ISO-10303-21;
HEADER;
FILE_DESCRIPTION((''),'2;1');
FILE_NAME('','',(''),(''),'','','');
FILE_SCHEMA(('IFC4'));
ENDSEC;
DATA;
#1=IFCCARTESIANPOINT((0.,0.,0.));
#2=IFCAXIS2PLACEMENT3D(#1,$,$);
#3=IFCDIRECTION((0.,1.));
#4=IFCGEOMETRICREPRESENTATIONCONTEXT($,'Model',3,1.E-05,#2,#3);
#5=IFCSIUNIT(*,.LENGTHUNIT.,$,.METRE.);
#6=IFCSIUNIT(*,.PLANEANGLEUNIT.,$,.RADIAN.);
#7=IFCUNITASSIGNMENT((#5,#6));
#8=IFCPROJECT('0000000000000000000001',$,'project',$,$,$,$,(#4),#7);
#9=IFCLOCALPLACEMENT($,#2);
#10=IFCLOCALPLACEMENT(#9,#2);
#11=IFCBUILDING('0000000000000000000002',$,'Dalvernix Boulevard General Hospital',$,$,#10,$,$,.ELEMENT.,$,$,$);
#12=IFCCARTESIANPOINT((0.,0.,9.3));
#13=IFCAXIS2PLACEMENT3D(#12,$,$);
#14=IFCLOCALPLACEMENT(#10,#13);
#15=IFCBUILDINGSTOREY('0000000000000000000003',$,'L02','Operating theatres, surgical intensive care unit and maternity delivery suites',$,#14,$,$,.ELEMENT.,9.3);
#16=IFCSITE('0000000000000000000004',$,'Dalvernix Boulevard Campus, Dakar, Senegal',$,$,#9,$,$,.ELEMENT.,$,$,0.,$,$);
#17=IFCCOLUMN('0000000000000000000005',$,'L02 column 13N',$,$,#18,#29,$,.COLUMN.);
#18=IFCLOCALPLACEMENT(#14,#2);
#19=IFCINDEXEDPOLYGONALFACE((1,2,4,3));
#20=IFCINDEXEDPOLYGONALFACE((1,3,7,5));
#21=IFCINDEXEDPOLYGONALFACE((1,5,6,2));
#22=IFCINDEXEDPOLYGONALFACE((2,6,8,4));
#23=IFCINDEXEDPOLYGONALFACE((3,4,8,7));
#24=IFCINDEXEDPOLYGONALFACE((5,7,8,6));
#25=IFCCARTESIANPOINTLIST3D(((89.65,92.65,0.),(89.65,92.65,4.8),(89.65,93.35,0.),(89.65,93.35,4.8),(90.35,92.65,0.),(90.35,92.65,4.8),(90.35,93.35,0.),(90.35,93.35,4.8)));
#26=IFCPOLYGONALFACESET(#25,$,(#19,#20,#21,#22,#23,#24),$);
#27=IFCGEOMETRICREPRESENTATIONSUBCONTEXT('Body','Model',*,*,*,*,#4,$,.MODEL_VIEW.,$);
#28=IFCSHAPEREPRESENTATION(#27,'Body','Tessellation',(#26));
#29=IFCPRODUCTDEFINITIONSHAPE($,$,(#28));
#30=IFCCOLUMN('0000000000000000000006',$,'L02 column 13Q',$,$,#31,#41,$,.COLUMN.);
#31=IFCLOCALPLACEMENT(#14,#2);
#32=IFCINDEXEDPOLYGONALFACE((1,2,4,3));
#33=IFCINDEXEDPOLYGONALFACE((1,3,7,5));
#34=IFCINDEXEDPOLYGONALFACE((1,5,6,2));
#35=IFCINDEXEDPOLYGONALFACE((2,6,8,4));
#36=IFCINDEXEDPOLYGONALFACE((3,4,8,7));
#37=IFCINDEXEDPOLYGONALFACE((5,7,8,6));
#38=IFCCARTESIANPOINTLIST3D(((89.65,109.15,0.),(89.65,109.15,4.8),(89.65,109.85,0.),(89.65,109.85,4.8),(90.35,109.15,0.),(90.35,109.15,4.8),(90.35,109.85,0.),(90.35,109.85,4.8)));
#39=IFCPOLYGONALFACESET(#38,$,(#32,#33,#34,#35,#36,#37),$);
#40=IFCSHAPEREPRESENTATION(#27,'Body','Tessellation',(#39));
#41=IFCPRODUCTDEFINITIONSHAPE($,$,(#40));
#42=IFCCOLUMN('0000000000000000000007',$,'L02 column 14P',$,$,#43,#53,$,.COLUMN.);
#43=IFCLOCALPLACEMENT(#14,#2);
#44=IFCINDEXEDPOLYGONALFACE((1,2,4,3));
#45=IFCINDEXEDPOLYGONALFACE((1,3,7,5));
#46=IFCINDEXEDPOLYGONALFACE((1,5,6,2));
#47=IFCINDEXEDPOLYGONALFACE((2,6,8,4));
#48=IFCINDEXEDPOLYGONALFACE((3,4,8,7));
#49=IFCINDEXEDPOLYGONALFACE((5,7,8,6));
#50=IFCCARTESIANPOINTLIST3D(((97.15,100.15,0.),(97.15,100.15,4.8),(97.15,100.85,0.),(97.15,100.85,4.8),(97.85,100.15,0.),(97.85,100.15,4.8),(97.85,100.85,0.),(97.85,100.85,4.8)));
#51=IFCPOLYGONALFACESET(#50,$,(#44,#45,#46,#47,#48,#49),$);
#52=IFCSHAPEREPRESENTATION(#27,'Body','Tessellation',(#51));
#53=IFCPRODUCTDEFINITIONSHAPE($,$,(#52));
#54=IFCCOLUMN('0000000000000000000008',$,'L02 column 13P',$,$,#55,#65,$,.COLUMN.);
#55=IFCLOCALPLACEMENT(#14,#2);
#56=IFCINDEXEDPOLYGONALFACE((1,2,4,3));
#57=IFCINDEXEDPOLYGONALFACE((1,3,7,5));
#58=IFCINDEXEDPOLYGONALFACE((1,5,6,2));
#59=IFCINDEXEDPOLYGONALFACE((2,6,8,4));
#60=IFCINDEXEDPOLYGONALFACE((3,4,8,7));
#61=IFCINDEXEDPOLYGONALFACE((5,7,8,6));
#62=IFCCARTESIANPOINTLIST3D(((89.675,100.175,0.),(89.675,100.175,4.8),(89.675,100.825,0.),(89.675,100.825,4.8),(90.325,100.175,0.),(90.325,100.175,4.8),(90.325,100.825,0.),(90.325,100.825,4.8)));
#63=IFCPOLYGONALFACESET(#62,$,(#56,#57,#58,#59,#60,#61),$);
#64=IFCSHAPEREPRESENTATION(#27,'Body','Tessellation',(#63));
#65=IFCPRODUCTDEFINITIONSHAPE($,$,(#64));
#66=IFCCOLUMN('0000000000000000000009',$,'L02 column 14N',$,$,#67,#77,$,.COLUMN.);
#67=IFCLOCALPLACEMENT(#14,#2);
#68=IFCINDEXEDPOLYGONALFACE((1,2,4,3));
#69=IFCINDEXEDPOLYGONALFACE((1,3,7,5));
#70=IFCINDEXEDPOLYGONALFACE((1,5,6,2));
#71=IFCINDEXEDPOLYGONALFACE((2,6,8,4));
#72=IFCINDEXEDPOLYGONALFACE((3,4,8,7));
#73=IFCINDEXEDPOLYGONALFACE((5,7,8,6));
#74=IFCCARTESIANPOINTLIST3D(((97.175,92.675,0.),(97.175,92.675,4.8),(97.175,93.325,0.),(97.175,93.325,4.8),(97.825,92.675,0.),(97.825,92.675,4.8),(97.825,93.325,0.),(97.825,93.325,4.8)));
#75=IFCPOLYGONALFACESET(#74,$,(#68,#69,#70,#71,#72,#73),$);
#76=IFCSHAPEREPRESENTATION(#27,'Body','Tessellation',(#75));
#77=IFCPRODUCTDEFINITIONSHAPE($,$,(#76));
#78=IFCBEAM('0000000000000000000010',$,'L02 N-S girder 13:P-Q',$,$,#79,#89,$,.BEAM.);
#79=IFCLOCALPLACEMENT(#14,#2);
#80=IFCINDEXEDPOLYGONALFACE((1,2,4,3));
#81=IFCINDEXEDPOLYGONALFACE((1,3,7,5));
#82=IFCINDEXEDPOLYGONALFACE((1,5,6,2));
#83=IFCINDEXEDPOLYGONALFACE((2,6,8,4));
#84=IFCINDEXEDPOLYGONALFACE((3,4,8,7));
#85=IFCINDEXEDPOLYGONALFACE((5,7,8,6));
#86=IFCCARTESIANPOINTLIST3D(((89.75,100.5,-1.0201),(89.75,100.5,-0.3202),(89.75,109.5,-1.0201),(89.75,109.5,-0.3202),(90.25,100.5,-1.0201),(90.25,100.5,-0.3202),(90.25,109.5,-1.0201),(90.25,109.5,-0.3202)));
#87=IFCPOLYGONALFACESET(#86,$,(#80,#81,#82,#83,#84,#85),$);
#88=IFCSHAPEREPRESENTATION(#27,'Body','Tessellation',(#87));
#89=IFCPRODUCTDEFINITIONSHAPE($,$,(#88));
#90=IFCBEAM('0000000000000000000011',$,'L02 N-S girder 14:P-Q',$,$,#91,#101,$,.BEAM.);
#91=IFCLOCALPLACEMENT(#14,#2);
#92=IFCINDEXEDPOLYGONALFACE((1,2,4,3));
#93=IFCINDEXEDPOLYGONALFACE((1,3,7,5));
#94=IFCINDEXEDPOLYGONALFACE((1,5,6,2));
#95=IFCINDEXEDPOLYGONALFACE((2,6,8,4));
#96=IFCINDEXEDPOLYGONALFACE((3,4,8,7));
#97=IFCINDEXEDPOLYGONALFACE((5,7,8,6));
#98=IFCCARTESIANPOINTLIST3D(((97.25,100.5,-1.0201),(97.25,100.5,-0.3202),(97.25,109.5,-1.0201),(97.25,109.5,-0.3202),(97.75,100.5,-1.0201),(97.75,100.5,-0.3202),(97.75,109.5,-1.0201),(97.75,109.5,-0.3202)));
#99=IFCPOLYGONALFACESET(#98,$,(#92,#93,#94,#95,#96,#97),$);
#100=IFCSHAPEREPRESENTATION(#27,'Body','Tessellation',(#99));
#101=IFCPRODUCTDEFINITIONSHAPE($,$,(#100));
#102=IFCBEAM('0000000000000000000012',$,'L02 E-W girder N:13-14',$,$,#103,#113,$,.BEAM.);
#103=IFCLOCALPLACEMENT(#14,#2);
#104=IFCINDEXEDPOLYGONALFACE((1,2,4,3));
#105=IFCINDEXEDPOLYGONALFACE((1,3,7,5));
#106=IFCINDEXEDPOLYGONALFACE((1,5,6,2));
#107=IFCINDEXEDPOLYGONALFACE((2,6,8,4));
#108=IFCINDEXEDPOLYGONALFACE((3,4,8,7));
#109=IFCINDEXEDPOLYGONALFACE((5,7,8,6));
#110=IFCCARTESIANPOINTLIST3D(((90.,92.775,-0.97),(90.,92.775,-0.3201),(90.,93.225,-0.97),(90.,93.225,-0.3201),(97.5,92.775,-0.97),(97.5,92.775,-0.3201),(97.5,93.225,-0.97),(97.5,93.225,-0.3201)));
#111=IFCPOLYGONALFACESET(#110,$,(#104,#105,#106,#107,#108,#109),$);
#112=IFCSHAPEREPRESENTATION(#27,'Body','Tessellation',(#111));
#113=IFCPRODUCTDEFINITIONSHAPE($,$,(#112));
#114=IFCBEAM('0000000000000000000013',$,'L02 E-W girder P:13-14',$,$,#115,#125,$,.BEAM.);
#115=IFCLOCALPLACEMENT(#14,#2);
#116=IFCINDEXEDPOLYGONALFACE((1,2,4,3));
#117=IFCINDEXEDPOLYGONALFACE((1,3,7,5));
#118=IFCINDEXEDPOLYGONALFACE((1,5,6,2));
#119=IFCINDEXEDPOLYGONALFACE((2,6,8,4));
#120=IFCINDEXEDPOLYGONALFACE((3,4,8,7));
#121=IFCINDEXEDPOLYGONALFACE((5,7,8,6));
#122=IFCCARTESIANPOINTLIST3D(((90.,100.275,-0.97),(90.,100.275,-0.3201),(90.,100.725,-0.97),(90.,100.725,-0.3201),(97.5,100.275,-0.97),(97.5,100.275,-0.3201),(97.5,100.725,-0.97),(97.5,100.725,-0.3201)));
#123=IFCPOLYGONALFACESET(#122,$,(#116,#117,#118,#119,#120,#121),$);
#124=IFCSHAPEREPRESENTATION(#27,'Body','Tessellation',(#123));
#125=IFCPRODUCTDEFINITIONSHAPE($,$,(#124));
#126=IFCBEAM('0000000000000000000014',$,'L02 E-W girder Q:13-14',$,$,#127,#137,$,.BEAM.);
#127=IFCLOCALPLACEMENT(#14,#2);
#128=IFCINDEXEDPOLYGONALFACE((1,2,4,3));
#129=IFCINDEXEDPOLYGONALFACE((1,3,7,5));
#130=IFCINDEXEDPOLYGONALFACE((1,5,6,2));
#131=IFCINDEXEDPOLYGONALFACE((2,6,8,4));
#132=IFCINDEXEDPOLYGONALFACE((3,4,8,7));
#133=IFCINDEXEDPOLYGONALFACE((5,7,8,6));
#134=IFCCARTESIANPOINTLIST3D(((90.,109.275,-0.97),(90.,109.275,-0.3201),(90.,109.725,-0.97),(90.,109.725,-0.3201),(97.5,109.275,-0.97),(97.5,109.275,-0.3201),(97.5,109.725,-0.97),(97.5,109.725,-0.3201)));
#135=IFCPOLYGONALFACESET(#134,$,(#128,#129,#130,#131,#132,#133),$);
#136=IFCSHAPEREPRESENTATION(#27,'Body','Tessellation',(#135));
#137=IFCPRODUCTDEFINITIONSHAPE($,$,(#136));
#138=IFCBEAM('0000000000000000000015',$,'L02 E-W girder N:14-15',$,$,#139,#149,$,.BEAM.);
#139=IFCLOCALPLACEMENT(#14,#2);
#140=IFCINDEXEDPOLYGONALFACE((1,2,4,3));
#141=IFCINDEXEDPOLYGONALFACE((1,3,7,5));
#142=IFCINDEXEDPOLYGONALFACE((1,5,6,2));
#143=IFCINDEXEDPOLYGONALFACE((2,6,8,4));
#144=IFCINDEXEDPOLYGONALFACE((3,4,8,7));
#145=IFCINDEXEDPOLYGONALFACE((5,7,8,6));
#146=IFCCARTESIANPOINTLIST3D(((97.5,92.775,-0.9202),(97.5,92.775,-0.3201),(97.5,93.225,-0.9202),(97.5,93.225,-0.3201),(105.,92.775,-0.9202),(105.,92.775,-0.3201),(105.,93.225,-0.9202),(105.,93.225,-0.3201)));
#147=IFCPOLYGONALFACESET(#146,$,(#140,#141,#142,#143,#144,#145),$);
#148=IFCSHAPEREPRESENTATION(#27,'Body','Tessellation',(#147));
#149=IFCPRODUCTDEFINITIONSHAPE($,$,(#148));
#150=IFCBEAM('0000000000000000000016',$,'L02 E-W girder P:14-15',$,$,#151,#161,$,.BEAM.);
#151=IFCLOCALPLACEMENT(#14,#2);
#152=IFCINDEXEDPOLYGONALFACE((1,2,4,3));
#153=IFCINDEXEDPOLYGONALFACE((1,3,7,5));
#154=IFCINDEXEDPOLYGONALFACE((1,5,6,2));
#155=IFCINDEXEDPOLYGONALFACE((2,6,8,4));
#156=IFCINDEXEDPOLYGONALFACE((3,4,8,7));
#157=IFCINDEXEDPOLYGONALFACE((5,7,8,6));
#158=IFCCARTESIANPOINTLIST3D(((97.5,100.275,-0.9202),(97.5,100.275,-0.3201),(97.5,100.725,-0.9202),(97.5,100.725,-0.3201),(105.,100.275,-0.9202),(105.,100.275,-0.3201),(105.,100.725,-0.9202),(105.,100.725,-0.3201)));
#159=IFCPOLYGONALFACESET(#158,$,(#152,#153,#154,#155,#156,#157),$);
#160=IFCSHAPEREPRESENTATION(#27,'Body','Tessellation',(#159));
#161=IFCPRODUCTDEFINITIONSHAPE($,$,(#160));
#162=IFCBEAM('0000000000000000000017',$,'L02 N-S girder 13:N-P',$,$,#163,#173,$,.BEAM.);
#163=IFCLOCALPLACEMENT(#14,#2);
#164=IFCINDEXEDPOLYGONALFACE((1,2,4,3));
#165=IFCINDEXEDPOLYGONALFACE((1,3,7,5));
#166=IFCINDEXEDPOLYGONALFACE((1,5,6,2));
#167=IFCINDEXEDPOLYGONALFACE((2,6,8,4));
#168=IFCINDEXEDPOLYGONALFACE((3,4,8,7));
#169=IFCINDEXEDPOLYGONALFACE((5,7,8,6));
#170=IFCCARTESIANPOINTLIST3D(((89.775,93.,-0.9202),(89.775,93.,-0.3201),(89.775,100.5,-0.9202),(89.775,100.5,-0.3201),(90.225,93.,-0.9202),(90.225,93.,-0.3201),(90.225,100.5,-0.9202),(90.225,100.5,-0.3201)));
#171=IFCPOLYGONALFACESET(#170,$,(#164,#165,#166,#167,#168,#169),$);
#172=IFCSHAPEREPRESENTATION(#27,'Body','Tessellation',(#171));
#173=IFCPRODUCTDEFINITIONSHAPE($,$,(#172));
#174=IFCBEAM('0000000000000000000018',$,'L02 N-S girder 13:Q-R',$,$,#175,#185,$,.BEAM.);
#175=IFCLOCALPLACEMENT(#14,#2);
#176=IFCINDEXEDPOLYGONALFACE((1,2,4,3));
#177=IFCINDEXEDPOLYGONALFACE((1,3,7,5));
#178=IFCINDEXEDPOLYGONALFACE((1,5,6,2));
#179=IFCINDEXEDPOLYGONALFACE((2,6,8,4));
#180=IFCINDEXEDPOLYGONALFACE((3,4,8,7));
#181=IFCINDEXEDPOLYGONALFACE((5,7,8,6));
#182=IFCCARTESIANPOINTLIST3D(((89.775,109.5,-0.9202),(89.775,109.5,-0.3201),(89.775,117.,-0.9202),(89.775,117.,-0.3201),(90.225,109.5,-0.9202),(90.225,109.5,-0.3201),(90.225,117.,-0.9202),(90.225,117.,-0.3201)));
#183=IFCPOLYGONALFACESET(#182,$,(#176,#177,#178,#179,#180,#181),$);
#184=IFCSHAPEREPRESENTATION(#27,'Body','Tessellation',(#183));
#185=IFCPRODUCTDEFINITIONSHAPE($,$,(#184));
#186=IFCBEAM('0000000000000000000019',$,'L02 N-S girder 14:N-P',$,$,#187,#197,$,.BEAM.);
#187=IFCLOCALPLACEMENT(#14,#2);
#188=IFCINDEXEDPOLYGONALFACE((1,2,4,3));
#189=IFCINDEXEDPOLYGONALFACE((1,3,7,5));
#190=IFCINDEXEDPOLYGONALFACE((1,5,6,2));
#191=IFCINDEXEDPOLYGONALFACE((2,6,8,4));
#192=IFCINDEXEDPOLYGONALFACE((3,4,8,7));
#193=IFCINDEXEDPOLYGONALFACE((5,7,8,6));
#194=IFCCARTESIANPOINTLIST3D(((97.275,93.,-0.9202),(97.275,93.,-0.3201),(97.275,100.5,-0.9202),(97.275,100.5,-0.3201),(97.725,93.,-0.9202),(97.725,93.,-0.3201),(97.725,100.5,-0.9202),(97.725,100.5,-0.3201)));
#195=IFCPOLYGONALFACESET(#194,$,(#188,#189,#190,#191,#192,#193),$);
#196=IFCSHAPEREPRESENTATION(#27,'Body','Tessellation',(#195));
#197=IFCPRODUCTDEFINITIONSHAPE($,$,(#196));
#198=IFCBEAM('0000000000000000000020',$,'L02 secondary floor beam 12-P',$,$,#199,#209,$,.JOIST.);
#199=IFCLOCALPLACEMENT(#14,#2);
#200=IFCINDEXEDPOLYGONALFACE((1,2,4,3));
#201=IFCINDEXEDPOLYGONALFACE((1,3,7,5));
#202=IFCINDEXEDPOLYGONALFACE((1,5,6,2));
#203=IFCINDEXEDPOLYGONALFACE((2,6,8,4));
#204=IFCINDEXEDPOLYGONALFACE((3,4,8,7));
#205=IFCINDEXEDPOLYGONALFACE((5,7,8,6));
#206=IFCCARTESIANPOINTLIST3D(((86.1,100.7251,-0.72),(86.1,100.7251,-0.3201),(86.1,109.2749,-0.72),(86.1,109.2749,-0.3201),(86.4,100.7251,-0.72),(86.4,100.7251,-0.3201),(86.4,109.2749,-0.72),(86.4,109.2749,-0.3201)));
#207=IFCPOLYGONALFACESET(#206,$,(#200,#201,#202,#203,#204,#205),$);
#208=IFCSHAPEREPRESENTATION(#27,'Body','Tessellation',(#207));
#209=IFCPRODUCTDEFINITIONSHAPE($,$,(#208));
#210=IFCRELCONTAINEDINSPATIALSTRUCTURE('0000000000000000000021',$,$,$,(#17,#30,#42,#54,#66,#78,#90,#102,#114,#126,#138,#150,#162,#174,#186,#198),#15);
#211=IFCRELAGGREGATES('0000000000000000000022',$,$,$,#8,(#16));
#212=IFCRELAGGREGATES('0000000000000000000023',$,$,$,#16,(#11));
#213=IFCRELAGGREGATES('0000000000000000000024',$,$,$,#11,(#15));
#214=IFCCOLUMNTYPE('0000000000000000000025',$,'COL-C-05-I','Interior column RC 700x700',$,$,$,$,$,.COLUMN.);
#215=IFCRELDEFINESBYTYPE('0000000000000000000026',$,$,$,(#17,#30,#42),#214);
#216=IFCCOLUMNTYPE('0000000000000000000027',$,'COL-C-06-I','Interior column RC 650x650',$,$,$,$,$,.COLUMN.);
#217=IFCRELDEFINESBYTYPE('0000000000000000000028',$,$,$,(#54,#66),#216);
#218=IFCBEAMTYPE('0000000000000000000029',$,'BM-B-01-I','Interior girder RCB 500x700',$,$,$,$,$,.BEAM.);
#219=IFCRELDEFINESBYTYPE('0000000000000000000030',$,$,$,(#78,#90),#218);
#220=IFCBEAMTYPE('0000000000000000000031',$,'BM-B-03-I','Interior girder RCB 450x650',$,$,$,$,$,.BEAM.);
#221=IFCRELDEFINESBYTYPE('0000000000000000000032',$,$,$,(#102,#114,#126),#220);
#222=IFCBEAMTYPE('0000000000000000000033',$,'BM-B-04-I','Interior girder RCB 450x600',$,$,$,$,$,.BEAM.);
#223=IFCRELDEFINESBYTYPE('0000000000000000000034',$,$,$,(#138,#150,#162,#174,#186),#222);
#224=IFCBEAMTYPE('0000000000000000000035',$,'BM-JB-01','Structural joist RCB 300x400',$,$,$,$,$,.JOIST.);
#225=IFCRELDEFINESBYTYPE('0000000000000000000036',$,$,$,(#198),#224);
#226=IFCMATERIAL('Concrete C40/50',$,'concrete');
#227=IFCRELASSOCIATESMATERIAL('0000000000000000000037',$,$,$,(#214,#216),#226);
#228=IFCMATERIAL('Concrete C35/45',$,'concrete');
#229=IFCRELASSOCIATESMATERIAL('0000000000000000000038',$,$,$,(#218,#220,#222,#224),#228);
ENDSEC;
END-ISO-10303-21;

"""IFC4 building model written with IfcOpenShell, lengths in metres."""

from ifc_helpers import new_model, si_unit, direction, frame, origin, origin_2d, place, context, subcontext, project, spatial, rectangle, extrude, material, material_profile, profile_set, type_object, element, save


model = new_model("IFC4")

# Units and contexts
model_context = context("Model", 3, precision=1e-05, world=origin(), true_north=direction((0.0, 1.0)))
body_context = subcontext(model_context, "Body", "Model", "MODEL_VIEW")
ifc_project = project(units=[si_unit("LENGTHUNIT", "METRE"), si_unit("PLANEANGLEUNIT", "RADIAN")], contexts=[model_context])

# Site, building, storey
site_placement = place(None, origin())
site = spatial("IfcSite", under=ifc_project, at=site_placement, Name="Dalvernix Boulevard Campus, Dakar, Senegal", CompositionType="ELEMENT", RefElevation=0.0)
building_placement = place(site_placement, origin())
building = spatial("IfcBuilding", under=site, at=building_placement, Name="Dalvernix Boulevard General Hospital", CompositionType="ELEMENT")
storey_placement = place(building_placement, frame((0.0, 0.0, 9.3)))
storey = spatial("IfcBuildingStorey", under=building, at=storey_placement, Name="L02", Description="Operating theatres, surgical intensive care unit and maternity delivery suites", CompositionType="ELEMENT", Elevation=9.3)

# Columns
ifc_material_1 = material(Name="Concrete C40/50", Category="concrete")
ifc_material_profile_1 = material_profile(ifc_material_1, rectangle(XDim=0.7, YDim=0.7, at=origin_2d()), Name="RC 700x700")
ifc_profile_set_1 = profile_set([ifc_material_profile_1], Name="Concrete C40/50")
column_type_1 = type_object("IfcColumnType", Name="COL-C-05-I", Description="Interior column RC 700x700", PredefinedType="COLUMN", material=ifc_profile_set_1)
for number, where, z_axis, x_axis, name in (
    (1, (90.0, 93.0, 0.0), (0.0, 0.0, 1.0), (1.0, 0.0, 0.0), "L02 column 13N"),
    (2, (90.0, 109.5, 0.0), (0.0, 0.0, 1.0), (1.0, 0.0, 0.0), "L02 column 13Q"),
    (3, (97.5, 100.5, 0.0), (0.0, 0.0, 1.0), (1.0, 0.0, 0.0), "L02 column 14P"),
):
    element("IfcColumn", number, at=place(storey_placement, frame(where, z_axis=z_axis, x_axis=x_axis)), inside=storey, type_object=column_type_1, Name=name, PredefinedType="COLUMN", context=body_context, shape_type="SweptSolid", body=[
        extrude(rectangle(XDim=0.7, YDim=0.7, at=origin_2d()), origin(), (0.0, 0.0, 1.0), 4.8),
    ])
ifc_material_profile_2 = material_profile(ifc_material_1, rectangle(XDim=0.6499, YDim=0.6499, at=origin_2d()), Name="RC 650x650")
ifc_profile_set_2 = profile_set([ifc_material_profile_2], Name="Concrete C40/50")
column_type_2 = type_object("IfcColumnType", Name="COL-C-06-I", Description="Interior column RC 650x650", PredefinedType="COLUMN", material=ifc_profile_set_2)
for number, where, z_axis, x_axis, name in (
    (4, (90.0, 100.5, 0.0), (0.0, 0.0, 1.0), (1.0, 0.0, 0.0), "L02 column 13P"),
    (5, (97.5, 93.0, 0.0), (0.0, 0.0, 1.0), (1.0, 0.0, 0.0), "L02 column 14N"),
):
    element("IfcColumn", number, at=place(storey_placement, frame(where, z_axis=z_axis, x_axis=x_axis)), inside=storey, type_object=column_type_2, Name=name, PredefinedType="COLUMN", context=body_context, shape_type="SweptSolid", body=[
        extrude(rectangle(XDim=0.6499, YDim=0.6499, at=origin_2d()), origin(), (0.0, 0.0, 1.0), 4.8),
    ])

# Beams
ifc_material_2 = material(Name="Concrete C35/45", Category="concrete")
ifc_material_profile_3 = material_profile(ifc_material_2, rectangle(XDim=0.5, YDim=0.7, at=origin_2d()), Name="RCB 500x700")
ifc_profile_set_3 = profile_set([ifc_material_profile_3], Name="Concrete C35/45")
beam_type_1 = type_object("IfcBeamType", Name="BM-B-01-I", Description="Interior girder RCB 500x700", PredefinedType="BEAM", material=ifc_profile_set_3)
for number, where, z_axis, x_axis, name in (
    (6, (90.0, 100.5, -0.6702), (0.0, 1.0, 0.0), (-1.0, 0.0, 0.0), "L02 N-S girder 13:P-Q"),
    (7, (97.5, 100.5, -0.6702), (0.0, 1.0, 0.0), (-1.0, 0.0, 0.0), "L02 N-S girder 14:P-Q"),
):
    element("IfcBeam", number, at=place(storey_placement, frame(where, z_axis=z_axis, x_axis=x_axis)), inside=storey, type_object=beam_type_1, Name=name, PredefinedType="BEAM", context=body_context, shape_type="SweptSolid", body=[
        extrude(rectangle(XDim=0.5, YDim=0.7, at=origin_2d()), origin(), (0.0, 0.0, 1.0), 9.0),
    ])
ifc_material_profile_4 = material_profile(ifc_material_2, rectangle(XDim=0.45, YDim=0.6499, at=origin_2d()), Name="RCB 450x650")
ifc_profile_set_4 = profile_set([ifc_material_profile_4], Name="Concrete C35/45")
beam_type_2 = type_object("IfcBeamType", Name="BM-B-03-I", Description="Interior girder RCB 450x650", PredefinedType="BEAM", material=ifc_profile_set_4)
for number, where, z_axis, x_axis, name in (
    (8, (90.0, 93.0, -0.645), (1.0, 0.0, 0.0), (0.0, 1.0, 0.0), "L02 E-W girder N:13-14"),
    (9, (90.0, 100.5, -0.645), (1.0, 0.0, 0.0), (0.0, 1.0, 0.0), "L02 E-W girder P:13-14"),
    (10, (90.0, 109.5, -0.645), (1.0, 0.0, 0.0), (0.0, 1.0, 0.0), "L02 E-W girder Q:13-14"),
):
    element("IfcBeam", number, at=place(storey_placement, frame(where, z_axis=z_axis, x_axis=x_axis)), inside=storey, type_object=beam_type_2, Name=name, PredefinedType="BEAM", context=body_context, shape_type="SweptSolid", body=[
        extrude(rectangle(XDim=0.45, YDim=0.6499, at=origin_2d()), origin(), (0.0, 0.0, 1.0), 7.5),
    ])
ifc_material_profile_5 = material_profile(ifc_material_2, rectangle(XDim=0.45, YDim=0.6001, at=origin_2d()), Name="RCB 450x600")
ifc_profile_set_5 = profile_set([ifc_material_profile_5], Name="Concrete C35/45")
beam_type_3 = type_object("IfcBeamType", Name="BM-B-04-I", Description="Interior girder RCB 450x600", PredefinedType="BEAM", material=ifc_profile_set_5)
for number, where, z_axis, x_axis, name in (
    (11, (97.5, 93.0, -0.6201), (1.0, 0.0, 0.0), (0.0, 1.0, 0.0), "L02 E-W girder N:14-15"),
    (12, (97.5, 100.5, -0.6201), (1.0, 0.0, 0.0), (0.0, 1.0, 0.0), "L02 E-W girder P:14-15"),
    (13, (90.0, 93.0, -0.6201), (0.0, 1.0, 0.0), (-1.0, 0.0, 0.0), "L02 N-S girder 13:N-P"),
    (14, (90.0, 109.5, -0.6201), (0.0, 1.0, 0.0), (-1.0, 0.0, 0.0), "L02 N-S girder 13:Q-R"),
    (15, (97.5, 93.0, -0.6201), (0.0, 1.0, 0.0), (-1.0, 0.0, 0.0), "L02 N-S girder 14:N-P"),
):
    element("IfcBeam", number, at=place(storey_placement, frame(where, z_axis=z_axis, x_axis=x_axis)), inside=storey, type_object=beam_type_3, Name=name, PredefinedType="BEAM", context=body_context, shape_type="SweptSolid", body=[
        extrude(rectangle(XDim=0.45, YDim=0.6001, at=origin_2d()), origin(), (0.0, 0.0, 1.0), 7.5),
    ])
ifc_material_profile_6 = material_profile(ifc_material_2, rectangle(XDim=0.3, YDim=0.3999, at=origin_2d()), Name="RCB 300x400")
ifc_profile_set_6 = profile_set([ifc_material_profile_6], Name="Concrete C35/45")
beam_type_4 = type_object("IfcBeamType", Name="BM-JB-01", Description="Structural joist RCB 300x400", PredefinedType="JOIST", material=ifc_profile_set_6)
for number, where, z_axis, x_axis, name in (
    (16, (86.25, 100.7251, -0.52), (0.0, 1.0, 0.0), (-1.0, 0.0, 0.0), "L02 secondary floor beam 12-P"),
):
    element("IfcBeam", number, at=place(storey_placement, frame(where, z_axis=z_axis, x_axis=x_axis)), inside=storey, type_object=beam_type_4, Name=name, PredefinedType="JOIST", context=body_context, shape_type="SweptSolid", body=[
        extrude(rectangle(XDim=0.3, YDim=0.3999, at=origin_2d()), origin(), (0.0, 0.0, 1.0), 8.5498),
    ])

save(model, "model.ifc")
